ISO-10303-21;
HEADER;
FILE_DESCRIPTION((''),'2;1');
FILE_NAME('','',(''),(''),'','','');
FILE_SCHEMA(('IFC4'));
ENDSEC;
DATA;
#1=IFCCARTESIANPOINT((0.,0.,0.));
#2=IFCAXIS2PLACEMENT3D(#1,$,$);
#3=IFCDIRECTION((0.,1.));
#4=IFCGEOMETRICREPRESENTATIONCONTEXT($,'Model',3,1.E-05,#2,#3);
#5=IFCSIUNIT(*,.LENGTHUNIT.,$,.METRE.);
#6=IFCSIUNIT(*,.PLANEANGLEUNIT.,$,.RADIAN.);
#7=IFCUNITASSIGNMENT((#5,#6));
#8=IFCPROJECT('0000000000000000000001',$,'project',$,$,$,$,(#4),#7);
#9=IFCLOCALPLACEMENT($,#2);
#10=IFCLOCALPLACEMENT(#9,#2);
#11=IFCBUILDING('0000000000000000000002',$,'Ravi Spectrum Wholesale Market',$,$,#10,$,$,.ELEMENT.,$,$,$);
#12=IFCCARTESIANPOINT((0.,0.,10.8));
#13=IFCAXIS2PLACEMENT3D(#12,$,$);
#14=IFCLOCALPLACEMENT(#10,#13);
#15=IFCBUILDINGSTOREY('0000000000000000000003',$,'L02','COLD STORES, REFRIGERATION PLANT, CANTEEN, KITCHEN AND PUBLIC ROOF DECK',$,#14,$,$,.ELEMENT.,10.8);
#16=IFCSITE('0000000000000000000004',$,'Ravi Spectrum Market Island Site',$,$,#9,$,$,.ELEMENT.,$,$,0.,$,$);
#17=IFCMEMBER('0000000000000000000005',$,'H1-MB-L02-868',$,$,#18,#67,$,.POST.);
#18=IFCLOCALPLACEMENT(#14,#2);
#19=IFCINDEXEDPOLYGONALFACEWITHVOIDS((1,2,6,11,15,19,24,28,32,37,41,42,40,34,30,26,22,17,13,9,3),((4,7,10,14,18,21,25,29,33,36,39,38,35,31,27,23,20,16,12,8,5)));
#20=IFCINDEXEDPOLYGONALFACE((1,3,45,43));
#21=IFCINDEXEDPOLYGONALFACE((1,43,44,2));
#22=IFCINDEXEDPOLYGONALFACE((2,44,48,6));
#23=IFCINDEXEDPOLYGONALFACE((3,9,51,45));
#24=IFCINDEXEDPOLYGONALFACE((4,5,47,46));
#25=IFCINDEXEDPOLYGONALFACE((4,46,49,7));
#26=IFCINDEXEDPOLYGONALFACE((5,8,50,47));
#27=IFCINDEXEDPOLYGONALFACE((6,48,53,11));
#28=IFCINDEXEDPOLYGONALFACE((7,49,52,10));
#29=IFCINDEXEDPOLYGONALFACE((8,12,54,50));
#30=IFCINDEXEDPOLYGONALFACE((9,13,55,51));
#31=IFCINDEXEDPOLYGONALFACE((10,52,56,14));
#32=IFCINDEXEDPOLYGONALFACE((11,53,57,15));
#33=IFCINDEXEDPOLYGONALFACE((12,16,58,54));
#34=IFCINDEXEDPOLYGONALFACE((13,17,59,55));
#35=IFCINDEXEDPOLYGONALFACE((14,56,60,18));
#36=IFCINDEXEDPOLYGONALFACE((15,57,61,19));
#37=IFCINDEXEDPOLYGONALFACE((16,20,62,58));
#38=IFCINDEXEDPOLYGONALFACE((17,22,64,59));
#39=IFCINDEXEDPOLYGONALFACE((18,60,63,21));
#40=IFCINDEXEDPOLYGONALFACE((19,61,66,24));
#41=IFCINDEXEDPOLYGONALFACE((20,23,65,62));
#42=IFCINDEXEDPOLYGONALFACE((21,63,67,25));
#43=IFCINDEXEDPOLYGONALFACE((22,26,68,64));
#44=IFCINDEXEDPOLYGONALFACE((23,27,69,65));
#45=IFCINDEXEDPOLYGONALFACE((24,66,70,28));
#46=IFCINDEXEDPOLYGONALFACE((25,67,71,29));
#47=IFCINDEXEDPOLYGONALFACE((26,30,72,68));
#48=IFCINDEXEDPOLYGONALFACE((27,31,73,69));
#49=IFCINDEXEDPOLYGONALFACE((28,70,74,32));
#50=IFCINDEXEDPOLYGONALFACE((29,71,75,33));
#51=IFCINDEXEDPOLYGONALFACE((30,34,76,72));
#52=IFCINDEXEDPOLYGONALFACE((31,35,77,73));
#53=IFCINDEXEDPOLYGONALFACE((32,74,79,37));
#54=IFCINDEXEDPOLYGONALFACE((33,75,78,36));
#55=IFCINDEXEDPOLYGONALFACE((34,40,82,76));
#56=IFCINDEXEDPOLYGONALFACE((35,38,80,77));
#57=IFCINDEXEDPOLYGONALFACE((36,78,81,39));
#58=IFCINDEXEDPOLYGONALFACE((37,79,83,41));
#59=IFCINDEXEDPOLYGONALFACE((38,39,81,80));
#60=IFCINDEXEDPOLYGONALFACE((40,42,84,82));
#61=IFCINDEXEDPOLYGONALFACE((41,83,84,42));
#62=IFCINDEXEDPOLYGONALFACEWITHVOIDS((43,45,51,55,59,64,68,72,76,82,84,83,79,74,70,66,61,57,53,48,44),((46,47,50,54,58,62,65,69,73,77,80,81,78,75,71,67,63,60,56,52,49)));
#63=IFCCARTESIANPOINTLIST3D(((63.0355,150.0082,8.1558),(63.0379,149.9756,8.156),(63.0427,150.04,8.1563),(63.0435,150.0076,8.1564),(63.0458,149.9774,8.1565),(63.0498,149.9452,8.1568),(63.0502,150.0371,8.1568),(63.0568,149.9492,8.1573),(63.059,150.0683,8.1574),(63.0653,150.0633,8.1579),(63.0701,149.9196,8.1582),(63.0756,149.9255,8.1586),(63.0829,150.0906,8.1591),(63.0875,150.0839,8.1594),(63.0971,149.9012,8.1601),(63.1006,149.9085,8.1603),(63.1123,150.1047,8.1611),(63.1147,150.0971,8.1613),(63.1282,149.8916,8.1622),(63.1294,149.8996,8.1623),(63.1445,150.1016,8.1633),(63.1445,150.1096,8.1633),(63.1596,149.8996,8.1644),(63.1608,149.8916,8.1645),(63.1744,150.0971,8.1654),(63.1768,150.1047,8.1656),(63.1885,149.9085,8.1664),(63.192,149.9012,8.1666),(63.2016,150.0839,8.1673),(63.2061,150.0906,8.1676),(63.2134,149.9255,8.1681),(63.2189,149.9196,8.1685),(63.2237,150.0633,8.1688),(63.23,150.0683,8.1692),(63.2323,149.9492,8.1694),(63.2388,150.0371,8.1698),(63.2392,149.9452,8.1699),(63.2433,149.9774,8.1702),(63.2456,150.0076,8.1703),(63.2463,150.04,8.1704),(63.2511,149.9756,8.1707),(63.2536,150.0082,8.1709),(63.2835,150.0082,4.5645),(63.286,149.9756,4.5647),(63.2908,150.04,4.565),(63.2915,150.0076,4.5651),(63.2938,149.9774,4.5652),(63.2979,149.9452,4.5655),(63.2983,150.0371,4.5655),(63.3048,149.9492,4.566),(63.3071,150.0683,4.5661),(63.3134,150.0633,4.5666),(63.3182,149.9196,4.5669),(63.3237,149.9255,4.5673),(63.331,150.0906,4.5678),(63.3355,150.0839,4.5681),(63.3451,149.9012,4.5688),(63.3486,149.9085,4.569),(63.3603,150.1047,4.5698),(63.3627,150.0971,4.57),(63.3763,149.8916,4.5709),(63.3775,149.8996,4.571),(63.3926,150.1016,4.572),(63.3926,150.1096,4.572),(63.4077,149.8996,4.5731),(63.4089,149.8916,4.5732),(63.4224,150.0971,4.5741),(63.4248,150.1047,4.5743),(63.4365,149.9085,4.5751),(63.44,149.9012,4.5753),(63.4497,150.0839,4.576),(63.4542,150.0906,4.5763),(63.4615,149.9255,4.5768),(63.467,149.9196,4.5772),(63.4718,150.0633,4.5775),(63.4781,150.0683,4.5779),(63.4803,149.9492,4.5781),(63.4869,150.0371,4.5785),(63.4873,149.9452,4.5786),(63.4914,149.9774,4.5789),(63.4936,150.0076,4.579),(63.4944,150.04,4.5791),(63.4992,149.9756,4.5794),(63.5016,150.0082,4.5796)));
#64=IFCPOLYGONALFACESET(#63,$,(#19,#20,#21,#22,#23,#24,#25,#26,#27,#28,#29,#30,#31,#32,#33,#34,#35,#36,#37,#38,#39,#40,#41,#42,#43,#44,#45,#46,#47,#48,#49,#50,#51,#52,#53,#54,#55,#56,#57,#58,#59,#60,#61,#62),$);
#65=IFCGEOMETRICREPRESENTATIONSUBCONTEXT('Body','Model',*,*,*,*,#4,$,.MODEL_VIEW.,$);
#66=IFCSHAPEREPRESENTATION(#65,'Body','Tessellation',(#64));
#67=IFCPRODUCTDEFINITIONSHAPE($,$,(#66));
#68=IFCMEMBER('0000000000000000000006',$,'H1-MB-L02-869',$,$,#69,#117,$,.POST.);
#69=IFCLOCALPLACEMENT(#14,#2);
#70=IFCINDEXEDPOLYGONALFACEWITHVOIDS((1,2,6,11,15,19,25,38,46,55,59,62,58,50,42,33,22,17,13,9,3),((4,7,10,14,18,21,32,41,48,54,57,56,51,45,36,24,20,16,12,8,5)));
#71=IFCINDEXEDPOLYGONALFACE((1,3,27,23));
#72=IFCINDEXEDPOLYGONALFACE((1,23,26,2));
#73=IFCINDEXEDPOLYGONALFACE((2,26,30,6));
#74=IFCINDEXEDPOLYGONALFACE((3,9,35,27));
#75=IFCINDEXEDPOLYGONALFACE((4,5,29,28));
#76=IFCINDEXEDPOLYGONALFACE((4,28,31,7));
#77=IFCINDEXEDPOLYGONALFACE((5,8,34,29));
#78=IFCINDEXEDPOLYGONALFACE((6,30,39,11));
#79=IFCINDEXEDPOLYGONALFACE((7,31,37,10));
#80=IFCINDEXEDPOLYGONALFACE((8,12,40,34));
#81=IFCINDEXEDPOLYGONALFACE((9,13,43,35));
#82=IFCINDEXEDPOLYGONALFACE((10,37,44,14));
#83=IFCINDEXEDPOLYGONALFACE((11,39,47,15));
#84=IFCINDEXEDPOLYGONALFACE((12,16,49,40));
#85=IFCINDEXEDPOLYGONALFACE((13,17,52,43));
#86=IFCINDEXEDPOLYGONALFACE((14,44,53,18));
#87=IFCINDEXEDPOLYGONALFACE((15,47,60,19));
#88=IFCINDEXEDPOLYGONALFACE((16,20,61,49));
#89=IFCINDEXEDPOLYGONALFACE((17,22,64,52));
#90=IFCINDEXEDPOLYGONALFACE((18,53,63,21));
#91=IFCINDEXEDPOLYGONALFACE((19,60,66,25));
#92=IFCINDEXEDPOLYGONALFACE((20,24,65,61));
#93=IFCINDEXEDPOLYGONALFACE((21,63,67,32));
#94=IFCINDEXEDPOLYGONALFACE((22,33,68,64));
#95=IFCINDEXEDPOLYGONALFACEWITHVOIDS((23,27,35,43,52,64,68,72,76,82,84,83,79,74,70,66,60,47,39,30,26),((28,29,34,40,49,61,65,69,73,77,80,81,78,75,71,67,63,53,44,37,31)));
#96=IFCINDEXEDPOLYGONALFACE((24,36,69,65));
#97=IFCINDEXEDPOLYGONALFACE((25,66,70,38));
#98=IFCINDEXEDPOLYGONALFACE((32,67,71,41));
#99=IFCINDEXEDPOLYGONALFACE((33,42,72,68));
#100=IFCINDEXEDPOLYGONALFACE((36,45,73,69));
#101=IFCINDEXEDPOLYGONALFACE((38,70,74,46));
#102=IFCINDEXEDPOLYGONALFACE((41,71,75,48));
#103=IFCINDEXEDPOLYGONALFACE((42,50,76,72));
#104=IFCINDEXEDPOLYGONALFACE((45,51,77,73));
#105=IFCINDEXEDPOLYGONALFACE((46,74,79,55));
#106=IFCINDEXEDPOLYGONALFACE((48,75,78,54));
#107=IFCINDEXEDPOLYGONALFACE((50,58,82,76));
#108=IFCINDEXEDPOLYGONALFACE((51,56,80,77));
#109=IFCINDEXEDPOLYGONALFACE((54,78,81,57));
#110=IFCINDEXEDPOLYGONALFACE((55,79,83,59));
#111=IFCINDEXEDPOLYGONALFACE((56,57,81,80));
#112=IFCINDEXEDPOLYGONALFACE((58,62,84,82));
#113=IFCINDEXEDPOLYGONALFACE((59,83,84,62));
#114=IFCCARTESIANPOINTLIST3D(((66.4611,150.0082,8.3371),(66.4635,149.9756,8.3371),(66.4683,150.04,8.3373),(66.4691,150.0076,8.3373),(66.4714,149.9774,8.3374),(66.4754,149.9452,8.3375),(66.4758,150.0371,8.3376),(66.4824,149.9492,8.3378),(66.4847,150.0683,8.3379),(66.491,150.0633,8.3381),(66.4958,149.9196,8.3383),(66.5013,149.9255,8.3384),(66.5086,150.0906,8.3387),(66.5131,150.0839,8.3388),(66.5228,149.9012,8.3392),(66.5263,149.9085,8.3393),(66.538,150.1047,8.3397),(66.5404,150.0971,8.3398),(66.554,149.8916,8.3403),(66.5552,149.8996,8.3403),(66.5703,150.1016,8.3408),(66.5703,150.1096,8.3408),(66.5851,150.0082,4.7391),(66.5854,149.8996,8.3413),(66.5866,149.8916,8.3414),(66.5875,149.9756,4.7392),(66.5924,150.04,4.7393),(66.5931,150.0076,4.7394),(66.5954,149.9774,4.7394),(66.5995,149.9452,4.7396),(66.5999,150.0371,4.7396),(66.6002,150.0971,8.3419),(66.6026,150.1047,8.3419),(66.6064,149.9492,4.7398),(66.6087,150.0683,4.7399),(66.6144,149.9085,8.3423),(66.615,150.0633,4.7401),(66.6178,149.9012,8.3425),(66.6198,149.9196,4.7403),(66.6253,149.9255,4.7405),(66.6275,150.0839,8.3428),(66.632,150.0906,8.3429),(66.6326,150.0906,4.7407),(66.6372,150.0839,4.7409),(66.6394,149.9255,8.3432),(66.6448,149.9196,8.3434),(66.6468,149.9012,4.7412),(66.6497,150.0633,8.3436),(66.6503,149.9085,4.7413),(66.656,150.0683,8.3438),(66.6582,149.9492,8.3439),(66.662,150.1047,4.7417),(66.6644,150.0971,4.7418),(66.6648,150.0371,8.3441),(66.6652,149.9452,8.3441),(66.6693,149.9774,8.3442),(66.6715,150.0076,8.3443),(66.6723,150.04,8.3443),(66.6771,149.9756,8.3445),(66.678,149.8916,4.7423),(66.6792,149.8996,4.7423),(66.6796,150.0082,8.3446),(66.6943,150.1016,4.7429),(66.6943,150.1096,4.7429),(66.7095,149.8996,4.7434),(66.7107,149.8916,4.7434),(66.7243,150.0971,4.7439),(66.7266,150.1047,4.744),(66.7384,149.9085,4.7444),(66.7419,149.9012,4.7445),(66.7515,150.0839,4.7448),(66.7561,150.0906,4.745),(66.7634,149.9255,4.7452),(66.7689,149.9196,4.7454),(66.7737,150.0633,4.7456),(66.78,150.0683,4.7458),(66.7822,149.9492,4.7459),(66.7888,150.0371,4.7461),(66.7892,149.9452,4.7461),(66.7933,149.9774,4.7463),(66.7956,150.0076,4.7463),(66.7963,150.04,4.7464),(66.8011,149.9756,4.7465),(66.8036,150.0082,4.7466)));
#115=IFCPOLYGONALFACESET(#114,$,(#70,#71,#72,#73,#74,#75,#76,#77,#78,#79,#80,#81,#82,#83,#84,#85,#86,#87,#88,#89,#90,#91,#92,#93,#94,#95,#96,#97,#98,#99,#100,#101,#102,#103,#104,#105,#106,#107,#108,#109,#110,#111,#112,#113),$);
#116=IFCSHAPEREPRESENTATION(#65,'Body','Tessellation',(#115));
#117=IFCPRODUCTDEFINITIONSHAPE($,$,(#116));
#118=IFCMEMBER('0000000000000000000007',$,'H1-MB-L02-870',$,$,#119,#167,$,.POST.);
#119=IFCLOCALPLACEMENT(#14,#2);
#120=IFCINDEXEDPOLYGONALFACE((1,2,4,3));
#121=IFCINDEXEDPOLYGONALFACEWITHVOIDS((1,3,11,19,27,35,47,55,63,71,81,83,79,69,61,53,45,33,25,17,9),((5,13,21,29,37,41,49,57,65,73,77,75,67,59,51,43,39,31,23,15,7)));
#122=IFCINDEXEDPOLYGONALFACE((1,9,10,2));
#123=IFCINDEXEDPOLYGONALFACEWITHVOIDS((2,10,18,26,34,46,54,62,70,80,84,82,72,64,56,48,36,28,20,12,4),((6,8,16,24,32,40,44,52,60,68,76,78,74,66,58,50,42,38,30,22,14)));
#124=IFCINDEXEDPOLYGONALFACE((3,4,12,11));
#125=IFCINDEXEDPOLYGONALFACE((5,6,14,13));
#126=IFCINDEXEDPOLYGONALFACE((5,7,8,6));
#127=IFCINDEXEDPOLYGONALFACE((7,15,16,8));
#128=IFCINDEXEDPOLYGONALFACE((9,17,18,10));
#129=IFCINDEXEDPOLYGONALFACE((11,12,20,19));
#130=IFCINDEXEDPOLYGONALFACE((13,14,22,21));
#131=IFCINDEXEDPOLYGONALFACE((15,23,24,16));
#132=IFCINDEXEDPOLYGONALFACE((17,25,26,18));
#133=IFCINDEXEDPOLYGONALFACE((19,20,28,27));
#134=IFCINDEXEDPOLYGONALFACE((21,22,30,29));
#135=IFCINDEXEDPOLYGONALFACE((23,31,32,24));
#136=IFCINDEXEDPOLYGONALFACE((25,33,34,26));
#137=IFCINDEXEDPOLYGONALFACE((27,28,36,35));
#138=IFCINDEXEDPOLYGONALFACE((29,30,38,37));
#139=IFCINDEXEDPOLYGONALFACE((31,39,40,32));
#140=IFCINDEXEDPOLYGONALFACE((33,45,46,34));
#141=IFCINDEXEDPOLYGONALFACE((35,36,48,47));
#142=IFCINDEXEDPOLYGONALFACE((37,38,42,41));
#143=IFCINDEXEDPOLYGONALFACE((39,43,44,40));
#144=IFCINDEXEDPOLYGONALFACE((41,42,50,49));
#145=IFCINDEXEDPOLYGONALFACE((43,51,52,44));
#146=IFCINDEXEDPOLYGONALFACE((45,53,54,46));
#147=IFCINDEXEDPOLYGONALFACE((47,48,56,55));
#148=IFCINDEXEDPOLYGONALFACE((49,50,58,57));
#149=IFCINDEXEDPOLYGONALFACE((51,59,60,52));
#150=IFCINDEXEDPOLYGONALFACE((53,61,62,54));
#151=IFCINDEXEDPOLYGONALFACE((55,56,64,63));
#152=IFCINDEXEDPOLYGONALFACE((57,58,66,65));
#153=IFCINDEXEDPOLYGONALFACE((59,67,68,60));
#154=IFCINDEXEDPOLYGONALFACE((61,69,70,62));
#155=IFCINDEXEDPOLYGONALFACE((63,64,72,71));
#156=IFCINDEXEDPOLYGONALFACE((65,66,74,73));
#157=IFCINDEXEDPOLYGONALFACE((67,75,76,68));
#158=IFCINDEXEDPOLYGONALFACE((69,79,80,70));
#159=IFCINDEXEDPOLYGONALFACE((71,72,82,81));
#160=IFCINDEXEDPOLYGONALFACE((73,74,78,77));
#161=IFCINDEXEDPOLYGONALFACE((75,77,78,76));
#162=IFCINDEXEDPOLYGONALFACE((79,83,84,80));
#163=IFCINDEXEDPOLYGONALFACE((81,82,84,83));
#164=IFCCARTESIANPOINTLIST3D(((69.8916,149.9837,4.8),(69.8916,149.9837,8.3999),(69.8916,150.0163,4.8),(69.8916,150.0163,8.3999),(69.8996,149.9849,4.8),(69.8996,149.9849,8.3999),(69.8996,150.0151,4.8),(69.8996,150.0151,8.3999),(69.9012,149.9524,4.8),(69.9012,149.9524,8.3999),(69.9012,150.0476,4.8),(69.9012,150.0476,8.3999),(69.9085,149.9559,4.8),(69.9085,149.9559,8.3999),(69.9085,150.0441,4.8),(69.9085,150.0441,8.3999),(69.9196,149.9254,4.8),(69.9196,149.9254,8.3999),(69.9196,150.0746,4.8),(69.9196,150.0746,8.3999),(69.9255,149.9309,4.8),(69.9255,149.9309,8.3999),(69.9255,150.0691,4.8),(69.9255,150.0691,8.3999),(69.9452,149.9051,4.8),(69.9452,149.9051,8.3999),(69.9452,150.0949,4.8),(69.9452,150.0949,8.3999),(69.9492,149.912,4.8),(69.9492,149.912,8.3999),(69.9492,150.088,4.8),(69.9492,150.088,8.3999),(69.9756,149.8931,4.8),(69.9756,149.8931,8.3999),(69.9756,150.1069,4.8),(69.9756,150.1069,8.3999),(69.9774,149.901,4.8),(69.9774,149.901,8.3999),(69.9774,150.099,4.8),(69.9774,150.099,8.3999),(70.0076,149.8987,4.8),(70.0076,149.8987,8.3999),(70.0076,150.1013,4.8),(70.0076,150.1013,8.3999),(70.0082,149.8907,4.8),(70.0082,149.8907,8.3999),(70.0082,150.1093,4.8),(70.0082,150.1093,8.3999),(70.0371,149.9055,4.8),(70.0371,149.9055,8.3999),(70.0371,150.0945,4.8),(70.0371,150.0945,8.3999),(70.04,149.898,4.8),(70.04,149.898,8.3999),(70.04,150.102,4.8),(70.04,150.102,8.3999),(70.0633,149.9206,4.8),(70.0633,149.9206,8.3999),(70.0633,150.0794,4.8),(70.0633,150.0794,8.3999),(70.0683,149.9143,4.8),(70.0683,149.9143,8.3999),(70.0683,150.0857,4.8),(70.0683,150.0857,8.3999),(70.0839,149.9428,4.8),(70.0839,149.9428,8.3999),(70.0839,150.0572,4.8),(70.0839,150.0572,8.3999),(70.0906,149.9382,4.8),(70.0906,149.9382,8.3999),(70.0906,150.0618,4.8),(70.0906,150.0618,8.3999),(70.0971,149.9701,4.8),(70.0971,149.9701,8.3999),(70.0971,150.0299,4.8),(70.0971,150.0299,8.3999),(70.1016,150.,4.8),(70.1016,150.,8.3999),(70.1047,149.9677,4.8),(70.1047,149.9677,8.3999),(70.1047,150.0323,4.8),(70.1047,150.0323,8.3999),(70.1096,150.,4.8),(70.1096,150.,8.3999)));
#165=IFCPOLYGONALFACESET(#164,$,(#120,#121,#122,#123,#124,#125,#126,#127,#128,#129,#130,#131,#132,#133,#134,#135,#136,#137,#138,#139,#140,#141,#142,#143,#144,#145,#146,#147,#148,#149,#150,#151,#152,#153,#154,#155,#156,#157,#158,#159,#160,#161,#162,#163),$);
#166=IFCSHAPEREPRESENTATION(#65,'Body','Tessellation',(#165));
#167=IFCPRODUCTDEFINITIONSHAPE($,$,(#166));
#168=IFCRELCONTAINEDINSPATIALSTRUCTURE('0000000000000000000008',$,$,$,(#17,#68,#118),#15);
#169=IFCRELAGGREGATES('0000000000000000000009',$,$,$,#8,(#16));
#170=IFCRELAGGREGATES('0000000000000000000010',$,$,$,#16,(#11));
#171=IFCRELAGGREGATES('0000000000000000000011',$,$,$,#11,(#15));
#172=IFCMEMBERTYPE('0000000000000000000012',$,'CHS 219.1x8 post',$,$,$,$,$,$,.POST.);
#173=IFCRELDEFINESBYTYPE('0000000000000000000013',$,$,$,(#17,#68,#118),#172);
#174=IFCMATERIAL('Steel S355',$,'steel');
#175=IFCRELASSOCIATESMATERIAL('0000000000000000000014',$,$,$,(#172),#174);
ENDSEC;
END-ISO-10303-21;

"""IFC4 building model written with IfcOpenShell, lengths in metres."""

from ifc_helpers import new_model, si_unit, direction, frame, origin, origin_2d, place, context, subcontext, project, spatial, hollow_circle, extrude, material, material_profile, profile_set, type_object, element, save


model = new_model("IFC4")

# Units and contexts
model_context = context("Model", 3, precision=1e-05, world=origin(), true_north=direction((0.0, 1.0)))
body_context = subcontext(model_context, "Body", "Model", "MODEL_VIEW")
ifc_project = project(units=[si_unit("LENGTHUNIT", "METRE"), si_unit("PLANEANGLEUNIT", "RADIAN")], contexts=[model_context])

# Site, building, storey
site_placement = place(None, origin())
site = spatial("IfcSite", under=ifc_project, at=site_placement, Name="Ravi Spectrum Market Island Site", CompositionType="ELEMENT", RefElevation=0.0)
building_placement = place(site_placement, origin())
building = spatial("IfcBuilding", under=site, at=building_placement, Name="Ravi Spectrum Wholesale Market", CompositionType="ELEMENT")
storey_placement = place(building_placement, frame((0.0, 0.0, 10.8)))
storey = spatial("IfcBuildingStorey", under=building, at=storey_placement, Name="L02", Description="COLD STORES, REFRIGERATION PLANT, CANTEEN, KITCHEN AND PUBLIC ROOF DECK", CompositionType="ELEMENT", Elevation=10.8)

# Members
ifc_material_1 = material(Name="Steel S355", Category="steel")
ifc_material_profile_1 = material_profile(ifc_material_1, hollow_circle(Radius=0.1096, WallThickness=0.0081, at=origin_2d()))
ifc_profile_set_1 = profile_set([ifc_material_profile_1], Name="Steel S355")
member_type_1 = type_object("IfcMemberType", Name="CHS 219.1x8 post", PredefinedType="POST", material=ifc_profile_set_1)
member_1_placement = place(storey_placement, frame((63.1445, 150.0, 8.1633), z_axis=(0.068905, 0.0, -0.997623), x_axis=(0.0, 1.0, 0.0)))
element("IfcMember", 1, at=member_1_placement, inside=storey, type_object=member_type_1, Name="H1-MB-L02-868", PredefinedType="POST", context=body_context, shape_type="SweptSolid", body=[
    extrude(hollow_circle(Radius=0.1096, WallThickness=0.0081, at=origin_2d()), origin(), (0.0, 0.0, 1.0), 3.5999),
])
member_2_placement = place(storey_placement, frame((66.5703, 150.0, 8.3408), z_axis=(0.034451, 0.0, -0.999406), x_axis=(0.0, 1.0, 0.0)))
element("IfcMember", 2, at=member_2_placement, inside=storey, type_object=member_type_1, Name="H1-MB-L02-869", PredefinedType="POST", context=body_context, shape_type="SweptSolid", body=[
    extrude(hollow_circle(Radius=0.1096, WallThickness=0.0081, at=origin_2d()), origin(), (0.0, 0.0, 1.0), 3.6001),
])
member_3_placement = place(storey_placement, frame((70.0, 150.0, 8.3999), z_axis=(0.0, 0.0, -1.0), x_axis=(1.0, 0.0, 0.0)))
element("IfcMember", 3, at=member_3_placement, inside=storey, type_object=member_type_1, Name="H1-MB-L02-870", PredefinedType="POST", context=body_context, shape_type="SweptSolid", body=[
    extrude(hollow_circle(Radius=0.1096, WallThickness=0.0081, at=origin_2d()), origin(), (0.0, 0.0, 1.0), 3.5999),
])

save(model, "model.ifc")
